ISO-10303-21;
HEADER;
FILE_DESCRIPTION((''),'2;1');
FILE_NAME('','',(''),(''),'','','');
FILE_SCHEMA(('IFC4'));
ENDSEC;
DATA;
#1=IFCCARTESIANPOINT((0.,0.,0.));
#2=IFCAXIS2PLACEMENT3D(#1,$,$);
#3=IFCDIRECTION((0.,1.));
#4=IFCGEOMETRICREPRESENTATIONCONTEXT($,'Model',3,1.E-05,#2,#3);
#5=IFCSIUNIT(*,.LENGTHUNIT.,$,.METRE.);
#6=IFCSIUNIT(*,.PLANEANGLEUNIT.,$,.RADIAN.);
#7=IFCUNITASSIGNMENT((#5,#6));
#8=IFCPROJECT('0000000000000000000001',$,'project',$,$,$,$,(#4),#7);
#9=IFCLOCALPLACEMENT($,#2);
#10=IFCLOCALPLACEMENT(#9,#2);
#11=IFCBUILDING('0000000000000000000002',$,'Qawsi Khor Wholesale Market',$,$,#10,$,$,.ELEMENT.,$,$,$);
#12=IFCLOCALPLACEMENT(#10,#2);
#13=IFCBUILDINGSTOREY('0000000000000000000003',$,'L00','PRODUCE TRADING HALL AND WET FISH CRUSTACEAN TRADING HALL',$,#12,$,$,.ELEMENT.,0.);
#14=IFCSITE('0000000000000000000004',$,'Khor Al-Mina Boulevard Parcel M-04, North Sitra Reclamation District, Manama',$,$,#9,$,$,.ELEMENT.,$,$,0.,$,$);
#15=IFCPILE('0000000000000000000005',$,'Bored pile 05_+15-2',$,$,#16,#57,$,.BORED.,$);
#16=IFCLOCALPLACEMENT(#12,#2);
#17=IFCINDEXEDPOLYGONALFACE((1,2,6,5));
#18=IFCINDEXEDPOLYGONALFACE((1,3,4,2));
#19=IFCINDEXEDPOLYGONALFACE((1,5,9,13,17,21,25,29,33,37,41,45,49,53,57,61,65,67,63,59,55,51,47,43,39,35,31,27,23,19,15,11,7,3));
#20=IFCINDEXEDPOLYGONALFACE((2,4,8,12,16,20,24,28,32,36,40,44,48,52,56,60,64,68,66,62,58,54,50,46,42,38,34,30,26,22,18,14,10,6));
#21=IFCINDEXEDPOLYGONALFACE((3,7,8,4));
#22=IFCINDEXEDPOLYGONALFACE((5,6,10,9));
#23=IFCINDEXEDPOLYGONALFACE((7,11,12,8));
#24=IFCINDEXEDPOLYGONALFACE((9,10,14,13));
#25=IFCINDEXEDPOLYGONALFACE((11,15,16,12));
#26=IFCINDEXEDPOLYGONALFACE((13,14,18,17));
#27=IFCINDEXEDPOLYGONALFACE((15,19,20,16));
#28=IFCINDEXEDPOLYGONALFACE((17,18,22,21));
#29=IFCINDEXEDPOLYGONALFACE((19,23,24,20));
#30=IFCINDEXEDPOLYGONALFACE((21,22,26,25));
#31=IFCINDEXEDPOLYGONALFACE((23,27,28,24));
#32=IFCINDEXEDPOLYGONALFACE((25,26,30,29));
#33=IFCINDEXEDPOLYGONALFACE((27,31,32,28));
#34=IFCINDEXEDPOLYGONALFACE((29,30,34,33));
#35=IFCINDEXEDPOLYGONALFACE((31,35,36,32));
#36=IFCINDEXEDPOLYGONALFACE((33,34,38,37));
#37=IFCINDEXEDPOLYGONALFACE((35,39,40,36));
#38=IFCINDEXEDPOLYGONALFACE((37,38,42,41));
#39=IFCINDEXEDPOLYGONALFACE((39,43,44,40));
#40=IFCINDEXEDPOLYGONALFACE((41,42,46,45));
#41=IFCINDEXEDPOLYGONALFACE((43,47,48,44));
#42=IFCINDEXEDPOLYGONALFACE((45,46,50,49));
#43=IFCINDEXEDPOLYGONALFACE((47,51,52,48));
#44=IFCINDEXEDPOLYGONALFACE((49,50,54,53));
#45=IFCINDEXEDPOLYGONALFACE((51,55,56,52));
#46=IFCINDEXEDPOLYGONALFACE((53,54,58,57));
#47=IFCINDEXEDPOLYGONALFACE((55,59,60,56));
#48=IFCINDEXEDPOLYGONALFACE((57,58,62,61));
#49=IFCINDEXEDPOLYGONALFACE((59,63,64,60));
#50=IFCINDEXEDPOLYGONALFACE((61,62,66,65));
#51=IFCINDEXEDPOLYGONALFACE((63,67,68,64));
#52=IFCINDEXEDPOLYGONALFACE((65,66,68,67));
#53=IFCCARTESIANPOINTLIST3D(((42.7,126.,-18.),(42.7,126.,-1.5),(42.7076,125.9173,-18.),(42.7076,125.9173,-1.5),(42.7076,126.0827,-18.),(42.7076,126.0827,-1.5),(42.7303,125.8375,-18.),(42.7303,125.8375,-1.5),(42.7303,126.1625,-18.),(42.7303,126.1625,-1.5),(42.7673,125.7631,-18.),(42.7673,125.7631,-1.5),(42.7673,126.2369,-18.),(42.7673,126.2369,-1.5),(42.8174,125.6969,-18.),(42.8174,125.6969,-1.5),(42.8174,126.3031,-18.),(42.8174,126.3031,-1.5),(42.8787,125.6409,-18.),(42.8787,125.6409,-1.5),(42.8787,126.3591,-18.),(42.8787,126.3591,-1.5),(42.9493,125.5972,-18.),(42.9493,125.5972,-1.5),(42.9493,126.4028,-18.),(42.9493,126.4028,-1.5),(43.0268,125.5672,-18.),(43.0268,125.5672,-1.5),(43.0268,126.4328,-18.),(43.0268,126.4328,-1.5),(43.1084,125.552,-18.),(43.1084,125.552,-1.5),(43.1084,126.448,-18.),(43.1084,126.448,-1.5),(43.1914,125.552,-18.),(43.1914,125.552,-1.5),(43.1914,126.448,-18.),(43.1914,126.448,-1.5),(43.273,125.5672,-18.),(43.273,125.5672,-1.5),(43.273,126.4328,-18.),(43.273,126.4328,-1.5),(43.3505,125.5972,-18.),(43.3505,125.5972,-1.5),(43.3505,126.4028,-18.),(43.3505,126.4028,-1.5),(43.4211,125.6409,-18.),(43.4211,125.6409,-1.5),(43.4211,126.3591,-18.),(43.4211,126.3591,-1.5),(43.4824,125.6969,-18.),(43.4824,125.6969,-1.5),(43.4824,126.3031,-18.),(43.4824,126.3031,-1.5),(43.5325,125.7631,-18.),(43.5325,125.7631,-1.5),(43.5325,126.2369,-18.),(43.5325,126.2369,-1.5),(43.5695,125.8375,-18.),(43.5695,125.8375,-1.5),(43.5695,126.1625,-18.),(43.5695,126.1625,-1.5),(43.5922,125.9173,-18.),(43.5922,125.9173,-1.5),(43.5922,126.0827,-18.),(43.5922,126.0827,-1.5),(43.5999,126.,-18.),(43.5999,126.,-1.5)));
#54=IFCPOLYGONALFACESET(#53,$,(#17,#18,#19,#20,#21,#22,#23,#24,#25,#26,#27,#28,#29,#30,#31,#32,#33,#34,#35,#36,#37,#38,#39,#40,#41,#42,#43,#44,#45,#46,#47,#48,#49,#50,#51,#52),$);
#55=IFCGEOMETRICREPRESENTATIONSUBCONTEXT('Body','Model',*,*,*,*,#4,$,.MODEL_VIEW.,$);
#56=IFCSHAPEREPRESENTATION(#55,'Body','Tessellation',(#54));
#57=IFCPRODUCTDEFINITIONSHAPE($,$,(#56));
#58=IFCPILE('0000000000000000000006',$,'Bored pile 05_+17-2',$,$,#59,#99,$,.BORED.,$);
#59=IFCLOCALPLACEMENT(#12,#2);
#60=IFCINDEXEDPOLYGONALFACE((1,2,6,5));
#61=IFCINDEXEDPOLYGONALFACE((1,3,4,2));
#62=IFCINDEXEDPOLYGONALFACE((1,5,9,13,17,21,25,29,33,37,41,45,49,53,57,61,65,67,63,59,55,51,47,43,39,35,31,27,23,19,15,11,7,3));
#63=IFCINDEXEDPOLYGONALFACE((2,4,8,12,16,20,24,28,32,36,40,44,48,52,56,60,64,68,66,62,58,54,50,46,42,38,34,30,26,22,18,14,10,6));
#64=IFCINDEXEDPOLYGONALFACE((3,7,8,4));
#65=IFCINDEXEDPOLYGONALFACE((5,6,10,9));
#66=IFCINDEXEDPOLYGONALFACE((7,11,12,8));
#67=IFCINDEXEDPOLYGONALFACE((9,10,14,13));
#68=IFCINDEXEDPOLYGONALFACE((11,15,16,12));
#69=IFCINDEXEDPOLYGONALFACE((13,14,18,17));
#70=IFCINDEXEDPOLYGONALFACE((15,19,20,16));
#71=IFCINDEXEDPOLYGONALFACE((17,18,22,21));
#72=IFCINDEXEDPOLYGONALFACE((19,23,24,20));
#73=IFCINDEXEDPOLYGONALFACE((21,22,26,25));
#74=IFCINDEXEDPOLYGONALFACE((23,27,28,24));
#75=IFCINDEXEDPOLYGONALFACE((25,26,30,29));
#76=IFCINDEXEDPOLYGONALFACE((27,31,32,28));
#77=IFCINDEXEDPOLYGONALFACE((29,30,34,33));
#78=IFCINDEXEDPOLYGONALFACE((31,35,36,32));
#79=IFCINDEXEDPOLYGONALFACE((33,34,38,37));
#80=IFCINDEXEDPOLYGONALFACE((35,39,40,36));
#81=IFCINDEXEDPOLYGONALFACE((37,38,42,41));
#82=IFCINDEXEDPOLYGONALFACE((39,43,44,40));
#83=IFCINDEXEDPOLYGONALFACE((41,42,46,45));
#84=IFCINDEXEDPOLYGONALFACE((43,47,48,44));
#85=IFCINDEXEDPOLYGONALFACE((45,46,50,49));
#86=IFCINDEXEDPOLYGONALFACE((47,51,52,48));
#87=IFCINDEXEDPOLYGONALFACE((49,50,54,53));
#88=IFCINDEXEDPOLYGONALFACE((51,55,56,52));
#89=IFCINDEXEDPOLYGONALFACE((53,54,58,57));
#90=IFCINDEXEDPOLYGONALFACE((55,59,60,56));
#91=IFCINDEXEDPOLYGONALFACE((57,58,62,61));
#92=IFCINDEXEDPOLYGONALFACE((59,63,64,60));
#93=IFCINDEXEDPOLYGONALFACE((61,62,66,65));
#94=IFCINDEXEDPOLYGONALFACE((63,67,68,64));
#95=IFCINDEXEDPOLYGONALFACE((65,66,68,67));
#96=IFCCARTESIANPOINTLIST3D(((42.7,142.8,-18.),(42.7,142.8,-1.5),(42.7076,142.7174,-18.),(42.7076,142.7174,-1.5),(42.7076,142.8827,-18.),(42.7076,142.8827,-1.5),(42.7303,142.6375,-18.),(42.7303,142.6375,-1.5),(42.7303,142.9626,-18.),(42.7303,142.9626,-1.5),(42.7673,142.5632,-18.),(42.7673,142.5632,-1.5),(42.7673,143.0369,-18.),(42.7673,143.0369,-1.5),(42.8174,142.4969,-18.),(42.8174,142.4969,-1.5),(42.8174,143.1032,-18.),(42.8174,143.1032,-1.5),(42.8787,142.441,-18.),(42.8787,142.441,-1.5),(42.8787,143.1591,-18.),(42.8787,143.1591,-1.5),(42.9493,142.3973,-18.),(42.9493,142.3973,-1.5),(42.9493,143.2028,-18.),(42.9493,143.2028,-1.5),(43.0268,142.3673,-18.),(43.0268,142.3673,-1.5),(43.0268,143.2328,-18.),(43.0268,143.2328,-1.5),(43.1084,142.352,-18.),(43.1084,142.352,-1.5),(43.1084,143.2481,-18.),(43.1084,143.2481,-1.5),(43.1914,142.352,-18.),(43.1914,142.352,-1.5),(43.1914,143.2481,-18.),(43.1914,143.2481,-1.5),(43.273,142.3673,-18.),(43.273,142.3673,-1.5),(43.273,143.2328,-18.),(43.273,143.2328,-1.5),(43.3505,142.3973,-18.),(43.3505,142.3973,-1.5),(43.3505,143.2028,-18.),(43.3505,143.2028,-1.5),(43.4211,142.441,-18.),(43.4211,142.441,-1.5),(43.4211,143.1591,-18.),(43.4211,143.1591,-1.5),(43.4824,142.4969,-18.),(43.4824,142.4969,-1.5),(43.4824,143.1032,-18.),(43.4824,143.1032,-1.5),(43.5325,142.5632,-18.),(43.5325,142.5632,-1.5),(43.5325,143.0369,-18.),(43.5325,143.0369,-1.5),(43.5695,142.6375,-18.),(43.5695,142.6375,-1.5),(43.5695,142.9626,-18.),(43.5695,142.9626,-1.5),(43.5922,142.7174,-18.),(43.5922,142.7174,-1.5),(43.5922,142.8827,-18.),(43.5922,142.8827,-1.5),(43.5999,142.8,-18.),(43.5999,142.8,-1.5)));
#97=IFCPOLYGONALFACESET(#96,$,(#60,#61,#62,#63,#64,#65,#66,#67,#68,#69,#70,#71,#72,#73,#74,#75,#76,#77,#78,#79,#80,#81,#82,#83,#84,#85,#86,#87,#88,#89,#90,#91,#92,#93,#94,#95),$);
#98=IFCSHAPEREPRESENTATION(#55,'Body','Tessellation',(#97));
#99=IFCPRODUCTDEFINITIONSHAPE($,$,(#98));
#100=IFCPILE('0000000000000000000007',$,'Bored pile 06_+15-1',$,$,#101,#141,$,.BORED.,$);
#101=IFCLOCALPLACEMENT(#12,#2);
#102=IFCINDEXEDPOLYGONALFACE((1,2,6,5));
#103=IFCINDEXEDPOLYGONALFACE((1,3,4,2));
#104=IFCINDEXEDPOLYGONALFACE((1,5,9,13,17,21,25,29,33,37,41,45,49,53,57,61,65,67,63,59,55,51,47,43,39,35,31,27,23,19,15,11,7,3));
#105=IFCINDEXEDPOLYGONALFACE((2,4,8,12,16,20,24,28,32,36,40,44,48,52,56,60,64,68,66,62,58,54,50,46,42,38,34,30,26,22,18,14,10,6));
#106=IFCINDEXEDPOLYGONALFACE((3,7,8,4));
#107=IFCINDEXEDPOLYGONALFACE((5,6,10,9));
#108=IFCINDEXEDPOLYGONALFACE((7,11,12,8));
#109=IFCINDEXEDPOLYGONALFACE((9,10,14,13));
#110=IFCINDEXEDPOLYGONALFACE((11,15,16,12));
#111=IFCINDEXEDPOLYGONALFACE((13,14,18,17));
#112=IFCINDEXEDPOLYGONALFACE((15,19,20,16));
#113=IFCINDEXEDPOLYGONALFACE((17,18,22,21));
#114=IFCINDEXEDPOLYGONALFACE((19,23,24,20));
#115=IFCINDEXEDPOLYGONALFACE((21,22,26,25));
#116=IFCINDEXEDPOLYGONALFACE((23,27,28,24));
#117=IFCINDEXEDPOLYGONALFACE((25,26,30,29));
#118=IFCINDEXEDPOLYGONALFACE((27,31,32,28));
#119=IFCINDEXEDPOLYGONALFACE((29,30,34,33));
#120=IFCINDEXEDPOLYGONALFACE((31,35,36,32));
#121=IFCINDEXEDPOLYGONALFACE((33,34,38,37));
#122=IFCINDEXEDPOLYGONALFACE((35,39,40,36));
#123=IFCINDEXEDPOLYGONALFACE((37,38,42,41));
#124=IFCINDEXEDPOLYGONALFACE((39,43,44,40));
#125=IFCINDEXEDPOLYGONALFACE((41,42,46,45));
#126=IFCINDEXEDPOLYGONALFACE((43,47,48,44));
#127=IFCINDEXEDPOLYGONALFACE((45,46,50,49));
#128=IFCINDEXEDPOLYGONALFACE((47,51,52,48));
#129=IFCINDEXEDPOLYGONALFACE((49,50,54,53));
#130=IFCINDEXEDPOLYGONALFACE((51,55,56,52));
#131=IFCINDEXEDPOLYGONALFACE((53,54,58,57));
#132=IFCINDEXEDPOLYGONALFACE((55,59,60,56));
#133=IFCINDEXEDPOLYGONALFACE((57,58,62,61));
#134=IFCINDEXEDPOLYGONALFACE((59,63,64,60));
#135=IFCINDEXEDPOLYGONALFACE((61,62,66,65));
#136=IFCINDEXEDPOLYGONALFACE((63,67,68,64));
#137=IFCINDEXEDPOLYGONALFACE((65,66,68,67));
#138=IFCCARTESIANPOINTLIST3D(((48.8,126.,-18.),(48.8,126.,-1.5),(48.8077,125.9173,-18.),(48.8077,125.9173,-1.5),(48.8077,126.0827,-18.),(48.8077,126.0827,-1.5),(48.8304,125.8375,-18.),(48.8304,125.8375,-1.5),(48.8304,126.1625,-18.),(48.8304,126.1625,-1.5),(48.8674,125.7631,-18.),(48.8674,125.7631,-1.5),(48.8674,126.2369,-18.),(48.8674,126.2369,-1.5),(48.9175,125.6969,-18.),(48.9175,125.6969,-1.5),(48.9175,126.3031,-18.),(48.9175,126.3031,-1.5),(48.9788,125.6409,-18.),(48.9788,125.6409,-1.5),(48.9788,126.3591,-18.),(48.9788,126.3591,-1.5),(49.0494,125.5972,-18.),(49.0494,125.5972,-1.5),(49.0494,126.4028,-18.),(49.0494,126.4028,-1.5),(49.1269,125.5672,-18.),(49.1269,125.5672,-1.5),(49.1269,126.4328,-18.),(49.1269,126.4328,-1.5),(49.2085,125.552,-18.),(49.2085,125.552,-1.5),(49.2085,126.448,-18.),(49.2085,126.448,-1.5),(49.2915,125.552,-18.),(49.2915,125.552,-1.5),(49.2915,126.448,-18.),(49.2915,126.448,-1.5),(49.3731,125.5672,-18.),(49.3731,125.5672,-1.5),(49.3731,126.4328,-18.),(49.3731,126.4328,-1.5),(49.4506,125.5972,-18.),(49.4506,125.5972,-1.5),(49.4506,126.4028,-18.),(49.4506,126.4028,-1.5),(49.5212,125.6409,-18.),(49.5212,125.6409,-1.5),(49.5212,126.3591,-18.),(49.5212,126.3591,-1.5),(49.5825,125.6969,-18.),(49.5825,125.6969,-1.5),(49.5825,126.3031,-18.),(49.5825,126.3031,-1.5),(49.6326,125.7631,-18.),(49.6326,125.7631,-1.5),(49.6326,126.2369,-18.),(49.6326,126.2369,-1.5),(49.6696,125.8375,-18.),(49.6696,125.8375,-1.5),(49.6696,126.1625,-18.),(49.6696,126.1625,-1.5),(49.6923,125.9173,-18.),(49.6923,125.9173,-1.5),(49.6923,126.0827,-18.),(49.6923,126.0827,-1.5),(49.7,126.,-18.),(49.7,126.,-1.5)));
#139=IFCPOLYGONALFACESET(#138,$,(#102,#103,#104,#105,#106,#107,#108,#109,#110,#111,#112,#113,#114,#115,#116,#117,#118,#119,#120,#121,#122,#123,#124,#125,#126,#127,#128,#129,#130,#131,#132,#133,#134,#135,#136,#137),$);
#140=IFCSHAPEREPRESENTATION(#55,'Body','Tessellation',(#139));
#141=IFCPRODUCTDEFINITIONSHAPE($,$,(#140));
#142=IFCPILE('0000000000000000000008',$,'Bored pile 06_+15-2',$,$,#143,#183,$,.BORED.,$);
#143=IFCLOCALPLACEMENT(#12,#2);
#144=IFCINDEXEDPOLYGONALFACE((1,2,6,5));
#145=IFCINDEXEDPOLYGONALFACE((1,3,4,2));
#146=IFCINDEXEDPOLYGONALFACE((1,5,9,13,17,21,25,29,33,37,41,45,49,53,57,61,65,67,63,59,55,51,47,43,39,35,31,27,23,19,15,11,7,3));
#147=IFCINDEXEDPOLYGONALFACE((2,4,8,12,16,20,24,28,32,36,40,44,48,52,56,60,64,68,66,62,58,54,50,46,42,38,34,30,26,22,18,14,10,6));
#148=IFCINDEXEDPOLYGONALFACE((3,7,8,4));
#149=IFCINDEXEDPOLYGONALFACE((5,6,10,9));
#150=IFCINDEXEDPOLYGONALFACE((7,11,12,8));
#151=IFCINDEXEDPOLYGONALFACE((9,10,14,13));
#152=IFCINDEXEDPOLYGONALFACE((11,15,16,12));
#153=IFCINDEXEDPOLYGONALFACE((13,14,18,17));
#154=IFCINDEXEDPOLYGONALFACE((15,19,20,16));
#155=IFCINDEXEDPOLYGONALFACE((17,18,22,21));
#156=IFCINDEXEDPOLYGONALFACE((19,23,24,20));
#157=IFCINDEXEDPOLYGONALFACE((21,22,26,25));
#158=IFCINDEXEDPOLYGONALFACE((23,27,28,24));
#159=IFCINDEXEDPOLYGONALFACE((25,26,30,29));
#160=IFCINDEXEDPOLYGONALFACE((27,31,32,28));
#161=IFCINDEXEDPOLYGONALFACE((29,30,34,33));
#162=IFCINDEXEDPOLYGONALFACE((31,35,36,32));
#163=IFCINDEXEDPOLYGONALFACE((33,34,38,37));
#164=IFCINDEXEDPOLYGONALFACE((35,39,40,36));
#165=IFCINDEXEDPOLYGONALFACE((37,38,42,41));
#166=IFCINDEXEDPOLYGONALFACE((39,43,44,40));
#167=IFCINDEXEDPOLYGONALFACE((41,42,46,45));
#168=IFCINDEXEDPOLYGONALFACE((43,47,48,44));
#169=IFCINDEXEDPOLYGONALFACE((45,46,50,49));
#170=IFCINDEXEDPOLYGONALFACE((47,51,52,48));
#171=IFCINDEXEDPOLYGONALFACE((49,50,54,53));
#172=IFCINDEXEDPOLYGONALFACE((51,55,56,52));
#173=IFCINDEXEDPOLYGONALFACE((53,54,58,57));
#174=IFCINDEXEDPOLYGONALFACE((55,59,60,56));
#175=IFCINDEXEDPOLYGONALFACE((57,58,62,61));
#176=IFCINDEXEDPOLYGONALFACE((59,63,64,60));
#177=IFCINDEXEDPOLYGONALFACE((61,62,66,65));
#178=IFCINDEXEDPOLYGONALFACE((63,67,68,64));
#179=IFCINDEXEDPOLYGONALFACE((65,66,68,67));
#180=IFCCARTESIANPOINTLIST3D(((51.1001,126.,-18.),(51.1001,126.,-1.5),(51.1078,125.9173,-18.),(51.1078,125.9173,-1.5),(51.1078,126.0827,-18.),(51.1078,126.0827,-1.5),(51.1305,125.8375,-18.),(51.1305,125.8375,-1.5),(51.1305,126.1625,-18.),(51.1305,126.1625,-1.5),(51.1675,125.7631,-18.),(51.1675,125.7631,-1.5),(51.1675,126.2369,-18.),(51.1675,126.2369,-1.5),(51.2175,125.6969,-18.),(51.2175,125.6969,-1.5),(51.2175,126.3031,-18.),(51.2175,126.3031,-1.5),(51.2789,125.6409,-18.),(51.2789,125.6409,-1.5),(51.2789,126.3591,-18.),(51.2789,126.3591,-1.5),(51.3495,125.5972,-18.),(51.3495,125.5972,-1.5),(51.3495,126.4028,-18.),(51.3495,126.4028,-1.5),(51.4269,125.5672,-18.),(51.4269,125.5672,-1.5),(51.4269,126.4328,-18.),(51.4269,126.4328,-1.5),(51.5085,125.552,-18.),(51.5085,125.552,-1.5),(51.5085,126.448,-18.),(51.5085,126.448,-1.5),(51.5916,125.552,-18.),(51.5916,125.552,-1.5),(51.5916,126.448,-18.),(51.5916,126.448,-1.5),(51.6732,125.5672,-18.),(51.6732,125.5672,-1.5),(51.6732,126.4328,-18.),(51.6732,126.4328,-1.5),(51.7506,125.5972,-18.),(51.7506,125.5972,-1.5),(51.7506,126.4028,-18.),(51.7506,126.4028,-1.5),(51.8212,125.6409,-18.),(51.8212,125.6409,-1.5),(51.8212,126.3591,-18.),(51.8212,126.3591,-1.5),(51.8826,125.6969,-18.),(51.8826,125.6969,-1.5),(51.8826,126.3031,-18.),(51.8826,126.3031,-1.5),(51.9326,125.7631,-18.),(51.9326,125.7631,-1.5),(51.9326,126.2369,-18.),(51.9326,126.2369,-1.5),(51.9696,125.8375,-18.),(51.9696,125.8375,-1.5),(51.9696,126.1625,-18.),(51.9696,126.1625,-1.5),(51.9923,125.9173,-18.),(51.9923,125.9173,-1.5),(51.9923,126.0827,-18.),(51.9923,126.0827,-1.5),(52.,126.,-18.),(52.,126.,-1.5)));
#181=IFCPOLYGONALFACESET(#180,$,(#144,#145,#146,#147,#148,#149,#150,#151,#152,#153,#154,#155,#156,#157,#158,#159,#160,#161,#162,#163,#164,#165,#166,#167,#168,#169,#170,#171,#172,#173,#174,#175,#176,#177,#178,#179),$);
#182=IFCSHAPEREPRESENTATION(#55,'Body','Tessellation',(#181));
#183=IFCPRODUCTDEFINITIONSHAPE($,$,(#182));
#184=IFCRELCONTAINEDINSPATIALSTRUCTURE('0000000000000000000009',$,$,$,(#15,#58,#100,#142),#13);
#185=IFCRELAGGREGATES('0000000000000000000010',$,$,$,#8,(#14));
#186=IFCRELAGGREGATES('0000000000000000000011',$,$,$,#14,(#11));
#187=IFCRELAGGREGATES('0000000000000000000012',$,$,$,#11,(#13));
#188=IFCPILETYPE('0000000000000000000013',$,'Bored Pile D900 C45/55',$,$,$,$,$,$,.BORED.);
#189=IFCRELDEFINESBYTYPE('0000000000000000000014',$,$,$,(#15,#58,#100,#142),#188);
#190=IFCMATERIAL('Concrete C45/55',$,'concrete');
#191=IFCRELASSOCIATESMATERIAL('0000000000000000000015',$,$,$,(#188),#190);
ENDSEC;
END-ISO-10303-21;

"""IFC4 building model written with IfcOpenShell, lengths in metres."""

from ifc_helpers import new_model, si_unit, direction, frame, origin, origin_2d, place, context, subcontext, project, spatial, circle, extrude, material, material_profile, profile_set, type_object, element, save


model = new_model("IFC4")

# Units and contexts
model_context = context("Model", 3, precision=1e-05, world=origin(), true_north=direction((0.0, 1.0)))
body_context = subcontext(model_context, "Body", "Model", "MODEL_VIEW")
ifc_project = project(units=[si_unit("LENGTHUNIT", "METRE"), si_unit("PLANEANGLEUNIT", "RADIAN")], contexts=[model_context])

# Site, building, storey
site_placement = place(None, origin())
site = spatial("IfcSite", under=ifc_project, at=site_placement, Name="Khor Al-Mina Boulevard Parcel M-04, North Sitra Reclamation District, Manama", CompositionType="ELEMENT", RefElevation=0.0)
building_placement = place(site_placement, origin())
building = spatial("IfcBuilding", under=site, at=building_placement, Name="Qawsi Khor Wholesale Market", CompositionType="ELEMENT")
storey_placement = place(building_placement, origin())
storey = spatial("IfcBuildingStorey", under=building, at=storey_placement, Name="L00", Description="PRODUCE TRADING HALL AND WET FISH CRUSTACEAN TRADING HALL", CompositionType="ELEMENT", Elevation=0.0)

# Piles
ifc_material_1 = material(Name="Concrete C45/55", Category="concrete")
ifc_material_profile_1 = material_profile(ifc_material_1, circle(Radius=0.45, at=origin_2d()), Name="PILE D900")
ifc_profile_set_1 = profile_set([ifc_material_profile_1], Name="Concrete C45/55")
pile_type = type_object("IfcPileType", Name="Bored Pile D900 C45/55", PredefinedType="BORED", material=ifc_profile_set_1)
for number, where, z_axis, x_axis, name in (
    (1, (43.1499, 126.0, -1.5), (0.0, 0.0, -1.0), (1.0, 0.0, 0.0), "Bored pile 05_+15-2"),
    (2, (43.1499, 142.8, -1.5), (0.0, 0.0, -1.0), (1.0, 0.0, 0.0), "Bored pile 05_+17-2"),
    (3, (49.25, 126.0, -1.5), (0.0, 0.0, -1.0), (1.0, 0.0, 0.0), "Bored pile 06_+15-1"),
    (4, (51.55, 126.0, -1.5), (0.0, 0.0, -1.0), (1.0, 0.0, 0.0), "Bored pile 06_+15-2"),
):
    element("IfcPile", number, at=place(storey_placement, frame(where, z_axis=z_axis, x_axis=x_axis)), inside=storey, type_object=pile_type, Name=name, PredefinedType="BORED", context=body_context, shape_type="SweptSolid", body=[
        extrude(circle(Radius=0.45, at=origin_2d()), origin(), (0.0, 0.0, 1.0), 16.5),
    ])

save(model, "model.ifc")
